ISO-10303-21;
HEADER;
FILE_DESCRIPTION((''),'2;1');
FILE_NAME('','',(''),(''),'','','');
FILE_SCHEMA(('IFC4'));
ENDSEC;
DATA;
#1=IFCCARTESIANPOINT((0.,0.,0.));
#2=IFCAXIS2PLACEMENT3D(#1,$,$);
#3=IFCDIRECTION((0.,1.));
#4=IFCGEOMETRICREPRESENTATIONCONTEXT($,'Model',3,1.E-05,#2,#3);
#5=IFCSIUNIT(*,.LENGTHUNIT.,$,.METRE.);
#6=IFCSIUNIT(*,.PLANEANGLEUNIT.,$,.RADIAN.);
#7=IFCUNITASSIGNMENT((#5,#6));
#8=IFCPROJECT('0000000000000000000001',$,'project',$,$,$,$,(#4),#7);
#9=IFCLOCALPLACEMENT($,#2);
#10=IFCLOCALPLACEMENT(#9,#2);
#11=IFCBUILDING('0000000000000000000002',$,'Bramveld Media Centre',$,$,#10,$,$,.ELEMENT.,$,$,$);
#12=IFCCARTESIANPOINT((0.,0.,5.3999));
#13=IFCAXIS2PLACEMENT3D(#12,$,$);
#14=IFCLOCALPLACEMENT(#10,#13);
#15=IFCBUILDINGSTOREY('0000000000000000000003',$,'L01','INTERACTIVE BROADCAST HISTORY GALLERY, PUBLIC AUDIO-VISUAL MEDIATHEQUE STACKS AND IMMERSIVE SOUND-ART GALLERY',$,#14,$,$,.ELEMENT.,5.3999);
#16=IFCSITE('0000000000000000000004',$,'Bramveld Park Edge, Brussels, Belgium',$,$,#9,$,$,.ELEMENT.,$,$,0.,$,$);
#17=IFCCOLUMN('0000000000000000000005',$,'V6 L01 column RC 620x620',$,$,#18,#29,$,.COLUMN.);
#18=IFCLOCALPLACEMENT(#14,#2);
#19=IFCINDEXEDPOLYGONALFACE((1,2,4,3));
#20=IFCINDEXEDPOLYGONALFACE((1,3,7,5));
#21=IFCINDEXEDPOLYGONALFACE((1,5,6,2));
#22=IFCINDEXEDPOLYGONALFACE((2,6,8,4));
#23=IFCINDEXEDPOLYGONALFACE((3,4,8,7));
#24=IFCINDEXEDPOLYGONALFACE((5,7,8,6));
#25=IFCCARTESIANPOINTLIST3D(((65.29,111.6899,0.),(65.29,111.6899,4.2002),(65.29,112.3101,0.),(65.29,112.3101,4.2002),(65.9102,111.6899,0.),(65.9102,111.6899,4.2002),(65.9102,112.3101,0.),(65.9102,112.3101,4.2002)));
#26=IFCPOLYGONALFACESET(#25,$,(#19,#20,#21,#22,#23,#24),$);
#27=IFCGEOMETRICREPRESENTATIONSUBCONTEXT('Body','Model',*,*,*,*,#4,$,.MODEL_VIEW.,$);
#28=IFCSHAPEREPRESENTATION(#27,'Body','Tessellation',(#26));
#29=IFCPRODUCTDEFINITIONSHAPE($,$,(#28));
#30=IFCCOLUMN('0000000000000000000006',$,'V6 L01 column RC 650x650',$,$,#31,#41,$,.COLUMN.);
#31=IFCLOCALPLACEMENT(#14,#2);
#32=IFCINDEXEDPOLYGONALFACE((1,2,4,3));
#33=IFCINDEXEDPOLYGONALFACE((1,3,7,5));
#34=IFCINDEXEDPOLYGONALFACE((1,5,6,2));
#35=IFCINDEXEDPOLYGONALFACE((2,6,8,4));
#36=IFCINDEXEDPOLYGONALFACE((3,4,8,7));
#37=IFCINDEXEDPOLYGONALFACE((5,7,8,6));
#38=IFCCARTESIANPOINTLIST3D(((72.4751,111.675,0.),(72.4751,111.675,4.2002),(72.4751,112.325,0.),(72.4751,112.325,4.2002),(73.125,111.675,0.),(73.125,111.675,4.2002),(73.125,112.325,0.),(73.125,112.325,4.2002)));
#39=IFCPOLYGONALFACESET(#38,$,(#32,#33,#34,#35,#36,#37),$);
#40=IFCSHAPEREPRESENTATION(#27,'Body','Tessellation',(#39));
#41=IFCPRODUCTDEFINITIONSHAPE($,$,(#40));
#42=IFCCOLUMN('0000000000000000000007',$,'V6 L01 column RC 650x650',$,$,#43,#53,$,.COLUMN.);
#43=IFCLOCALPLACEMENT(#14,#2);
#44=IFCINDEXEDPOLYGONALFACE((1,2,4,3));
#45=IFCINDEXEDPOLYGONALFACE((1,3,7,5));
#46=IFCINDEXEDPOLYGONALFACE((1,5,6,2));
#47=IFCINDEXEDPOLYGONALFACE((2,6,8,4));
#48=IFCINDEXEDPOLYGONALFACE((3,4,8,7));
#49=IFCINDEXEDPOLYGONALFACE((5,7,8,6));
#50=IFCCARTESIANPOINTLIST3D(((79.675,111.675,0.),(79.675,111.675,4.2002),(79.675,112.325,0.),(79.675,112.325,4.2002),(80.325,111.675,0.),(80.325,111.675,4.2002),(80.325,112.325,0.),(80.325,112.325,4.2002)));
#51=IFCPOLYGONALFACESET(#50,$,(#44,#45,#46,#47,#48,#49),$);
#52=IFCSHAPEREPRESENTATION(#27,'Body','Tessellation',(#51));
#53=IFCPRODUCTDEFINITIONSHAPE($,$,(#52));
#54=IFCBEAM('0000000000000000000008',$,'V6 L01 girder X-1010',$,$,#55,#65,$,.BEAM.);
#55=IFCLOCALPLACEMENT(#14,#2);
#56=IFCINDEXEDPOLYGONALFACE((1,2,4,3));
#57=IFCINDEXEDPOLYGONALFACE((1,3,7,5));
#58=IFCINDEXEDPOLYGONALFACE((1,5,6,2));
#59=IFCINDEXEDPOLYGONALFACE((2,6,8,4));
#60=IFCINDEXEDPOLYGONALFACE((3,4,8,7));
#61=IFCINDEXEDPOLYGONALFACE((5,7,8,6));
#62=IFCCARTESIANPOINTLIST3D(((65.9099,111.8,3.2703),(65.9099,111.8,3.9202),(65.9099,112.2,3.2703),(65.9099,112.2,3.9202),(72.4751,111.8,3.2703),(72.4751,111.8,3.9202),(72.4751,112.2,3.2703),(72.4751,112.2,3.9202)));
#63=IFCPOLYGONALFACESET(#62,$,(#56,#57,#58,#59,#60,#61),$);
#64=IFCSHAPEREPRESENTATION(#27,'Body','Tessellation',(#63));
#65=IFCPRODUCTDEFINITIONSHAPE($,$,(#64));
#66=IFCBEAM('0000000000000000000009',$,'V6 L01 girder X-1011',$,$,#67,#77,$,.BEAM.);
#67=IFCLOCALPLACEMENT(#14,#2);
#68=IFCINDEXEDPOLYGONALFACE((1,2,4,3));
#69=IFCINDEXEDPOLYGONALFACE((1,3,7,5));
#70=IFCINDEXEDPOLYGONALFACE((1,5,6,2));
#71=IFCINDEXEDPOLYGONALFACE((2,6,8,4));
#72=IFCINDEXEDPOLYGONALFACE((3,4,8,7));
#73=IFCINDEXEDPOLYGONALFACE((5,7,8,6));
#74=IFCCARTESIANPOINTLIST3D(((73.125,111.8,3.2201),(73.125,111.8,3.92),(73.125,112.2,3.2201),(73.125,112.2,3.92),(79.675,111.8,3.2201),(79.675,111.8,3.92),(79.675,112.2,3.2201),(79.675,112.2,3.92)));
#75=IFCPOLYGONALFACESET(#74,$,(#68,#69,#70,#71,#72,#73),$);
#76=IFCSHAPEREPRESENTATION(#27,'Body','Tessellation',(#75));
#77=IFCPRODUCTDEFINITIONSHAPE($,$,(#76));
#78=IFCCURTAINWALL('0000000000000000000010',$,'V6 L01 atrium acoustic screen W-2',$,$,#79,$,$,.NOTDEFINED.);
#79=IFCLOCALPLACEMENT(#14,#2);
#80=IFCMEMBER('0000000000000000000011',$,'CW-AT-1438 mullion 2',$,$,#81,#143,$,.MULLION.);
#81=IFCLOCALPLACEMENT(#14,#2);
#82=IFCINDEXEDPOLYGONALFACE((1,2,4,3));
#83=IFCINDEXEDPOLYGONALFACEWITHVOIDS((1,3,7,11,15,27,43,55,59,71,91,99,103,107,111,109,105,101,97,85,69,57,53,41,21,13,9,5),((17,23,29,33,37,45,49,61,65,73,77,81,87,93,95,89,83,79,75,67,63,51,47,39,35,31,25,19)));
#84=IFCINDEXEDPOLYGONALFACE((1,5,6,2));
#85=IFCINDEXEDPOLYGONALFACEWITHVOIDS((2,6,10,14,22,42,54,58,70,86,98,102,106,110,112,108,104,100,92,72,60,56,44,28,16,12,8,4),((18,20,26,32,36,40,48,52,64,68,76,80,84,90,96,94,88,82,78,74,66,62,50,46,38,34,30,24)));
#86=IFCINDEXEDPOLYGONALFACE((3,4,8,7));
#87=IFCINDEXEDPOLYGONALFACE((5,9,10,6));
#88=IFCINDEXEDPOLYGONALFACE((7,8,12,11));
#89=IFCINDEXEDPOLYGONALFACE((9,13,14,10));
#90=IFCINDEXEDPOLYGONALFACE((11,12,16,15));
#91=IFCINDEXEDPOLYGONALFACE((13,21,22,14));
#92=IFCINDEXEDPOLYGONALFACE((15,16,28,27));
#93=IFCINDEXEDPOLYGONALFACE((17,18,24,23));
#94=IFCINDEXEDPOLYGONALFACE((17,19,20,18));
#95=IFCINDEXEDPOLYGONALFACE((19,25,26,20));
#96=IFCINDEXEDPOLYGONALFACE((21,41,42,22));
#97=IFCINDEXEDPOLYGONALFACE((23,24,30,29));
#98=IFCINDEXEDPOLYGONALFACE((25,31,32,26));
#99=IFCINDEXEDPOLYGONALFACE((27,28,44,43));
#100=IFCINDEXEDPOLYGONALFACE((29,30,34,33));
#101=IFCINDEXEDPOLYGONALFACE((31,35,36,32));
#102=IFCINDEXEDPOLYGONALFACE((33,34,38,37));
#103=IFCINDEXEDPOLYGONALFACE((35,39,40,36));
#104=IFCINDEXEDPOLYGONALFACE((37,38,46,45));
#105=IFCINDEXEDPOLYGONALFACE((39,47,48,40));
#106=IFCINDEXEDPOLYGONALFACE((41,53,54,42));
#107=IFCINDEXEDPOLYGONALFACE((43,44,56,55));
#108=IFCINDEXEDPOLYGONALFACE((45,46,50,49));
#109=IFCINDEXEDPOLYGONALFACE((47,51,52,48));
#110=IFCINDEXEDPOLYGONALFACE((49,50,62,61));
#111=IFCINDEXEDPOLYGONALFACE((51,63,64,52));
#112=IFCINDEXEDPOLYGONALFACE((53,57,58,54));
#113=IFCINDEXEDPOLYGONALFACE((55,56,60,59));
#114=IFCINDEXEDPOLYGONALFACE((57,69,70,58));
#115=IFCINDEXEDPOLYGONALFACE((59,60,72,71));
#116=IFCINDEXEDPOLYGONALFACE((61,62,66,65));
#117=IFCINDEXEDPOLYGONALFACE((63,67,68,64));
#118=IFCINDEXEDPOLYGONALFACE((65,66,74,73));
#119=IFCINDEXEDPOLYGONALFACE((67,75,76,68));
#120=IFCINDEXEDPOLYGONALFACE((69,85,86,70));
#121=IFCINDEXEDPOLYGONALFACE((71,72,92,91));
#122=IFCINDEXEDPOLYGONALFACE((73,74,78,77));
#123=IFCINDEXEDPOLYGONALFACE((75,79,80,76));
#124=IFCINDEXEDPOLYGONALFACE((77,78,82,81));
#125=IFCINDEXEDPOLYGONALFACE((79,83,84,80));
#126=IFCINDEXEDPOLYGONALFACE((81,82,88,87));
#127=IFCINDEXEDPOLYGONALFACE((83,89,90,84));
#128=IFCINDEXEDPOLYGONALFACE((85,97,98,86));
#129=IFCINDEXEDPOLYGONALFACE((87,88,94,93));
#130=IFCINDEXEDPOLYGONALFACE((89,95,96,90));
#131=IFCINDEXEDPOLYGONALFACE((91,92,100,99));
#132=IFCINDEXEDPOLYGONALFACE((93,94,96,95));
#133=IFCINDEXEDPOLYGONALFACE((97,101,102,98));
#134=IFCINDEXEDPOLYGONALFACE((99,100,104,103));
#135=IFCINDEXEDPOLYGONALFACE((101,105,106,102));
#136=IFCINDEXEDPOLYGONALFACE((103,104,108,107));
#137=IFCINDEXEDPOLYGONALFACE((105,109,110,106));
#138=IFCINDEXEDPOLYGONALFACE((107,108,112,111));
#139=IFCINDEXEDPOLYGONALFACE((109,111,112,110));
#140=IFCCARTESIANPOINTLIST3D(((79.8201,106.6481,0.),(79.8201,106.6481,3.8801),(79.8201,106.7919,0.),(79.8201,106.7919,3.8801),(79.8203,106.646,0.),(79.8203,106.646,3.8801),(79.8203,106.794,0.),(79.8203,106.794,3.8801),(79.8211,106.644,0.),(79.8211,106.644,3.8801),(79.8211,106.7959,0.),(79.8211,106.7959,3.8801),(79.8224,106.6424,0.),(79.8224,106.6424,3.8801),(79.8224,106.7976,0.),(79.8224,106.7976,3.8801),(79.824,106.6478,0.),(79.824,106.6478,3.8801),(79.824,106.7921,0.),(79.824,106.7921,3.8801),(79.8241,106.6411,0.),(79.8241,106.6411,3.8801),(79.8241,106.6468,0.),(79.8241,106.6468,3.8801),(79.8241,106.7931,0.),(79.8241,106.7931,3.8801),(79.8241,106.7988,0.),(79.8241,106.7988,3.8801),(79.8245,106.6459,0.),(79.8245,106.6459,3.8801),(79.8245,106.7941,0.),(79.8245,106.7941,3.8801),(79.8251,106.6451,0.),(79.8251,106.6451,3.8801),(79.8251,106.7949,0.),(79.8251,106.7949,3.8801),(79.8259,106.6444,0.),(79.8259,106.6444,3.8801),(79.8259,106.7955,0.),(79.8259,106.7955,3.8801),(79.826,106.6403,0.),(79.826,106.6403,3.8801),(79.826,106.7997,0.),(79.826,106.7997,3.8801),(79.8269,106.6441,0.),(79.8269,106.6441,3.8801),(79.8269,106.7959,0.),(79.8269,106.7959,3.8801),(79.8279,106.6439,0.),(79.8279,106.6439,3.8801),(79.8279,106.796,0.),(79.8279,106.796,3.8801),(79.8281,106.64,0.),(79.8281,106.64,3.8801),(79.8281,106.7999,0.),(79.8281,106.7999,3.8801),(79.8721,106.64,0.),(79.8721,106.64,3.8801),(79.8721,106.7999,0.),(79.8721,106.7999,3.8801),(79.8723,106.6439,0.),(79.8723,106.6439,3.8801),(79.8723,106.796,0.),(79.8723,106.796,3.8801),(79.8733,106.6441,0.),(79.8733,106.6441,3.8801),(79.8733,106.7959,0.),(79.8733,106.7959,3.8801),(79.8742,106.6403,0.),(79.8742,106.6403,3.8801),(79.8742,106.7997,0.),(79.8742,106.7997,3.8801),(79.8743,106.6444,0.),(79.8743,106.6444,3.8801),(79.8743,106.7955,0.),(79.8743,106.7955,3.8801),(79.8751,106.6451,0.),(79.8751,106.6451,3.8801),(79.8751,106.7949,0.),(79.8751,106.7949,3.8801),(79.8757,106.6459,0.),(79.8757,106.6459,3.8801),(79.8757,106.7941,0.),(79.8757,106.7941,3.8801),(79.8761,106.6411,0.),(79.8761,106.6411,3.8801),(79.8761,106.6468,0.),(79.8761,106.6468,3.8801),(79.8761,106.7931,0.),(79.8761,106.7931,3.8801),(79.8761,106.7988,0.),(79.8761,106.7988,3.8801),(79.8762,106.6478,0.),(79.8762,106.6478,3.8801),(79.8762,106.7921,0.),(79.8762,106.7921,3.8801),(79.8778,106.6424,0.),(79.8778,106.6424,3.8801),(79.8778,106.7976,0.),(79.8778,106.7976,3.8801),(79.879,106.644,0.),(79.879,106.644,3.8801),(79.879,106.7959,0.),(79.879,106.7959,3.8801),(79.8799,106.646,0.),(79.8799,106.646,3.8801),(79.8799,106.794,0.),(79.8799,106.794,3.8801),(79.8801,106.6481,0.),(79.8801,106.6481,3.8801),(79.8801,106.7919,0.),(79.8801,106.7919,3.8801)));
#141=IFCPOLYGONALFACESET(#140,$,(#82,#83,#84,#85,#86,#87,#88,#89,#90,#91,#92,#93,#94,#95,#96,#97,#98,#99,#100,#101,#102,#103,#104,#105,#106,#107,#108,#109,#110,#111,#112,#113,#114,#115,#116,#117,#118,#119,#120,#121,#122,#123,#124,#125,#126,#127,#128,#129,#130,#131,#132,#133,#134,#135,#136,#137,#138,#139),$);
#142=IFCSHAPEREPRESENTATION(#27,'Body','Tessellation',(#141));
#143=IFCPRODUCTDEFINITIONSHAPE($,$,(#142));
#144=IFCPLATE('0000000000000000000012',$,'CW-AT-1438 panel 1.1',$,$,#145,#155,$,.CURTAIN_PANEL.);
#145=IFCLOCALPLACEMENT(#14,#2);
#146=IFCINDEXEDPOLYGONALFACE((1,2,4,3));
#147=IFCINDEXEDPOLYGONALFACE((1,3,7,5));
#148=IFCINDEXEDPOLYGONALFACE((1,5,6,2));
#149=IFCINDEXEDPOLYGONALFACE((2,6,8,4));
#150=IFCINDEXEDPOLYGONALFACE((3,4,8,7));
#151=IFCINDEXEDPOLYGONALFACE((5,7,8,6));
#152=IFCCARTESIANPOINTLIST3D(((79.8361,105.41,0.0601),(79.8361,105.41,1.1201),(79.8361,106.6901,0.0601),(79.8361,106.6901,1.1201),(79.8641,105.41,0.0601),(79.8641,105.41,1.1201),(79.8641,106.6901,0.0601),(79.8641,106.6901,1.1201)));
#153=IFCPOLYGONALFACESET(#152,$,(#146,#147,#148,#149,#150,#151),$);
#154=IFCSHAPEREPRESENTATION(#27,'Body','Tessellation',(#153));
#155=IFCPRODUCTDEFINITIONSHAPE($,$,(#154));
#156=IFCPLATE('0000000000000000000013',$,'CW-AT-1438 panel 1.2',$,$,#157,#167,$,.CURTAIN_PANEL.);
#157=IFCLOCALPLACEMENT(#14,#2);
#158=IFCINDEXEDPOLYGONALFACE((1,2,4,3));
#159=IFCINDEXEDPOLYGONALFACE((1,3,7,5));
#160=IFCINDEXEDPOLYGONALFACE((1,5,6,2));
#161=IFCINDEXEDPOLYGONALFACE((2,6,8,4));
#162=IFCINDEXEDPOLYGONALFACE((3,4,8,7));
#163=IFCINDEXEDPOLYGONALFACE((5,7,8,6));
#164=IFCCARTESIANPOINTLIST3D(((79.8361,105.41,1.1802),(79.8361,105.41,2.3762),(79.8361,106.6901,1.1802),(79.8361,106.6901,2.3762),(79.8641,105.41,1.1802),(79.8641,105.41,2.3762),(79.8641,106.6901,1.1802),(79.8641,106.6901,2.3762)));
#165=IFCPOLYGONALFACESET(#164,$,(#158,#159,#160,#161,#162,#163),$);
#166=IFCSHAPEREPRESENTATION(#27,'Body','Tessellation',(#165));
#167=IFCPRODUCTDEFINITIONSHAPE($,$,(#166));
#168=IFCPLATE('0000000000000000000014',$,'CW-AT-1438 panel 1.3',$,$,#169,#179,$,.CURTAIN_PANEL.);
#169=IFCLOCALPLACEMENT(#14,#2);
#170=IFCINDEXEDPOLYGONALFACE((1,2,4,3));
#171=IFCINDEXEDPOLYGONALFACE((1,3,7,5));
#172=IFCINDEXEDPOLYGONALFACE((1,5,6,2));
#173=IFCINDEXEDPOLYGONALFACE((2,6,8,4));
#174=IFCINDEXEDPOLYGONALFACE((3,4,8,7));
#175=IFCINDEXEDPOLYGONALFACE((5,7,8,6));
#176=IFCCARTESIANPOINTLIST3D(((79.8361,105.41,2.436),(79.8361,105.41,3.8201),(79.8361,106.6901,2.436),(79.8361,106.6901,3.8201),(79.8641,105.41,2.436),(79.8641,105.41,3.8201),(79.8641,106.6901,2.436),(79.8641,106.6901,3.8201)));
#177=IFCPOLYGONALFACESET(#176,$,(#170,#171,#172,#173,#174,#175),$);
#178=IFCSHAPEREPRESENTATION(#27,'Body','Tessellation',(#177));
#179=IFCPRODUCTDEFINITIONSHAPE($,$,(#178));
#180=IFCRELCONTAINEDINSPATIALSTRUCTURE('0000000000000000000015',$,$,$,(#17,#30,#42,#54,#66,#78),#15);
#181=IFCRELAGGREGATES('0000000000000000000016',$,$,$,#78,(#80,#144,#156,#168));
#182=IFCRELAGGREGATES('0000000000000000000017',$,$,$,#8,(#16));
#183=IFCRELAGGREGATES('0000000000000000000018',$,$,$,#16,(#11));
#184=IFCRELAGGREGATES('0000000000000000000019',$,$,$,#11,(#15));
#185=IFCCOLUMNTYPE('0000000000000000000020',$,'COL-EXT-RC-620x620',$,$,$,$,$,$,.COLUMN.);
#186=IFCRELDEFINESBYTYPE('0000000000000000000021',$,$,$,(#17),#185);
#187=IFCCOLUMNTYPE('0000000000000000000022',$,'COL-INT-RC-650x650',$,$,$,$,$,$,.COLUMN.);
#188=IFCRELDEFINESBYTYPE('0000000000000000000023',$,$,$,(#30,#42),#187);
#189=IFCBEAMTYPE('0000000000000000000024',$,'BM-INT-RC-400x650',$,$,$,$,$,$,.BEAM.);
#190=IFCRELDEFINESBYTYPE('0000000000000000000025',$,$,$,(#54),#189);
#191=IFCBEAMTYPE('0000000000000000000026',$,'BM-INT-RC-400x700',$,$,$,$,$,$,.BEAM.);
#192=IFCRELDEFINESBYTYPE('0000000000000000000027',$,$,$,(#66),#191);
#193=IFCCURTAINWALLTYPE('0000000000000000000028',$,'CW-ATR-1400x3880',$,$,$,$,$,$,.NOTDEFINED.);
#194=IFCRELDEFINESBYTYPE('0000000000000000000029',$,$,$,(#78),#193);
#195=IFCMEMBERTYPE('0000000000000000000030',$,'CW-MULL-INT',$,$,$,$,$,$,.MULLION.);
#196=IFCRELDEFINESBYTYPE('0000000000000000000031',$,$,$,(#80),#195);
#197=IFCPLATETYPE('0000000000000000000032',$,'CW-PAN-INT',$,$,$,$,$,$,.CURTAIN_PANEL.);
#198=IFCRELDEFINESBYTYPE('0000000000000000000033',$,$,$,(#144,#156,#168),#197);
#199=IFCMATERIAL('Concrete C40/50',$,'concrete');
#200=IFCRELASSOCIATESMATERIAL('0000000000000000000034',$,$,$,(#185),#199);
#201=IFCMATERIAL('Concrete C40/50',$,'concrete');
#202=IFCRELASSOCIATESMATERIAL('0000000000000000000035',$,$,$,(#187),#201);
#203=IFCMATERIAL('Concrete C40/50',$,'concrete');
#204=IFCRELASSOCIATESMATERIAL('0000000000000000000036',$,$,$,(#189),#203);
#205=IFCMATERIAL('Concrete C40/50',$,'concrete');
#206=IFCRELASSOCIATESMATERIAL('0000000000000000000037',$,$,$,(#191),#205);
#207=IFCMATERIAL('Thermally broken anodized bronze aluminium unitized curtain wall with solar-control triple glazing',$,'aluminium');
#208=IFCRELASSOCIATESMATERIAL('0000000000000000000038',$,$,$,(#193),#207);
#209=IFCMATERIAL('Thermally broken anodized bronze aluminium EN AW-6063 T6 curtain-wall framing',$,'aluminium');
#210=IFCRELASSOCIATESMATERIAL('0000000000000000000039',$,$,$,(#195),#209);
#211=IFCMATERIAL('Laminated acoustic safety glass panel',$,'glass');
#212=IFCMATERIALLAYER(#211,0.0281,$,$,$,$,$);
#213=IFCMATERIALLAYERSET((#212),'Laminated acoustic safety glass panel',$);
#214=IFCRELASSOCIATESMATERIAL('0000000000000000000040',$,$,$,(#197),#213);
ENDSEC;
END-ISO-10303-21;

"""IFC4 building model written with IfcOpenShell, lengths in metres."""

from ifc_helpers import new_model, si_unit, direction, frame, origin, origin_2d, place, context, subcontext, project, spatial, rectangle, hollow_rectangle, extrude, material, layer, layer_set, material_profile, profile_set, type_object, element, aggregate, save


model = new_model("IFC4")

# Units and contexts
model_context = context("Model", 3, precision=1e-05, world=origin(), true_north=direction((0.0, 1.0)))
body_context = subcontext(model_context, "Body", "Model", "MODEL_VIEW")
ifc_project = project(units=[si_unit("LENGTHUNIT", "METRE"), si_unit("PLANEANGLEUNIT", "RADIAN")], contexts=[model_context])

# Site, building, storey
site_placement = place(None, origin())
site = spatial("IfcSite", under=ifc_project, at=site_placement, Name="Bramveld Park Edge, Brussels, Belgium", CompositionType="ELEMENT", RefElevation=0.0)
building_placement = place(site_placement, origin())
building = spatial("IfcBuilding", under=site, at=building_placement, Name="Bramveld Media Centre", CompositionType="ELEMENT")
storey_placement = place(building_placement, frame((0.0, 0.0, 5.3999)))
storey = spatial("IfcBuildingStorey", under=building, at=storey_placement, Name="L01", Description="INTERACTIVE BROADCAST HISTORY GALLERY, PUBLIC AUDIO-VISUAL MEDIATHEQUE STACKS AND IMMERSIVE SOUND-ART GALLERY", CompositionType="ELEMENT", Elevation=5.3999)

# Columns
ifc_material_1 = material(Name="Concrete C40/50", Category="concrete")
ifc_material_profile_1 = material_profile(ifc_material_1, rectangle(XDim=0.6201, YDim=0.6201, at=origin_2d()), Name="RC 620x620")
ifc_profile_set_1 = profile_set([ifc_material_profile_1], Name="Concrete C40/50")
column_type_1 = type_object("IfcColumnType", Name="COL-EXT-RC-620x620", PredefinedType="COLUMN", material=ifc_profile_set_1)
column_placement = place(storey_placement, frame((65.6001, 112.0, 0.0), z_axis=(0.0, 0.0, 1.0), x_axis=(1.0, 0.0, 0.0)))
element("IfcColumn", 1, at=column_placement, inside=storey, type_object=column_type_1, Name="V6 L01 column RC 620x620", PredefinedType="COLUMN", context=body_context, shape_type="SweptSolid", body=[
    extrude(rectangle(XDim=0.6201, YDim=0.6201, at=origin_2d()), origin(), (0.0, 0.0, 1.0), 4.2002),
])
ifc_material_2 = material(Name="Concrete C40/50", Category="concrete")
ifc_material_profile_2 = material_profile(ifc_material_2, rectangle(XDim=0.6499, YDim=0.6499, at=origin_2d()), Name="RC 650x650")
ifc_profile_set_2 = profile_set([ifc_material_profile_2], Name="Concrete C40/50")
column_type_2 = type_object("IfcColumnType", Name="COL-INT-RC-650x650", PredefinedType="COLUMN", material=ifc_profile_set_2)
for number, where, z_axis, x_axis, name in (
    (2, (72.8, 112.0, 0.0), (0.0, 0.0, 1.0), (1.0, 0.0, 0.0), "V6 L01 column RC 650x650"),
    (3, (80.0, 112.0, 0.0), (0.0, 0.0, 1.0), (1.0, 0.0, 0.0), "V6 L01 column RC 650x650"),
):
    element("IfcColumn", number, at=place(storey_placement, frame(where, z_axis=z_axis, x_axis=x_axis)), inside=storey, type_object=column_type_2, Name=name, PredefinedType="COLUMN", context=body_context, shape_type="SweptSolid", body=[
        extrude(rectangle(XDim=0.6499, YDim=0.6499, at=origin_2d()), origin(), (0.0, 0.0, 1.0), 4.2002),
    ])

# Beams
ifc_material_3 = material(Name="Concrete C40/50", Category="concrete")
ifc_material_profile_3 = material_profile(ifc_material_3, rectangle(XDim=0.3999, YDim=0.6499, at=origin_2d()), Name="RC 400x650")
ifc_profile_set_3 = profile_set([ifc_material_profile_3], Name="Concrete C40/50")
beam_type_1 = type_object("IfcBeamType", Name="BM-INT-RC-400x650", PredefinedType="BEAM", material=ifc_profile_set_3)
beam_1_placement = place(storey_placement, frame((65.9099, 112.0, 3.5952), z_axis=(1.0, 0.0, 0.0), x_axis=(0.0, 1.0, 0.0)))
element("IfcBeam", 4, at=beam_1_placement, inside=storey, type_object=beam_type_1, Name="V6 L01 girder X-1010", PredefinedType="BEAM", context=body_context, shape_type="SweptSolid", body=[
    extrude(rectangle(XDim=0.3999, YDim=0.6499, at=origin_2d()), origin(), (0.0, 0.0, 1.0), 6.5652),
])
ifc_material_4 = material(Name="Concrete C40/50", Category="concrete")
ifc_material_profile_4 = material_profile(ifc_material_4, rectangle(XDim=0.3999, YDim=0.7, at=origin_2d()), Name="RC 400x700")
ifc_profile_set_4 = profile_set([ifc_material_profile_4], Name="Concrete C40/50")
beam_type_2 = type_object("IfcBeamType", Name="BM-INT-RC-400x700", PredefinedType="BEAM", material=ifc_profile_set_4)
beam_2_placement = place(storey_placement, frame((73.125, 112.0, 3.5701), z_axis=(1.0, 0.0, 0.0), x_axis=(0.0, 1.0, 0.0)))
element("IfcBeam", 5, at=beam_2_placement, inside=storey, type_object=beam_type_2, Name="V6 L01 girder X-1011", PredefinedType="BEAM", context=body_context, shape_type="SweptSolid", body=[
    extrude(rectangle(XDim=0.3999, YDim=0.7, at=origin_2d()), origin(), (0.0, 0.0, 1.0), 6.55),
])

# Curtain wall, member, plates
ifc_material_5 = material(Name="Thermally broken anodized bronze aluminium unitized curtain wall with solar-control triple glazing", Category="aluminium")
curtain_wall_type = type_object("IfcCurtainWallType", Name="CW-ATR-1400x3880", PredefinedType="NOTDEFINED", material=ifc_material_5)
curtain_wall_placement = place(storey_placement, origin())
curtain_wall = element("IfcCurtainWall", 6, at=curtain_wall_placement, inside=storey, type_object=curtain_wall_type, Name="V6 L01 atrium acoustic screen W-2", PredefinedType="NOTDEFINED")
ifc_material_6 = material(Name="Thermally broken anodized bronze aluminium EN AW-6063 T6 curtain-wall framing", Category="aluminium")
ifc_material_profile_5 = material_profile(ifc_material_6, hollow_rectangle(XDim=0.0601, YDim=0.1599, WallThickness=0.0039, InnerFilletRadius=0.0039, OuterFilletRadius=0.0081, at=origin_2d()), Name="AL-MULL 60x160")
ifc_profile_set_5 = profile_set([ifc_material_profile_5], Name="Thermally broken anodized bronze aluminium EN AW-6063 T6 curtain-wall framing")
member_type = type_object("IfcMemberType", Name="CW-MULL-INT", PredefinedType="MULLION", material=ifc_profile_set_5)
member_placement = place(storey_placement, frame((79.8501, 106.72, 0.0), z_axis=(0.0, 0.0, 1.0), x_axis=(-1.0, 0.0, 0.0)))
member = element("IfcMember", 7, at=member_placement, type_object=member_type, Name="CW-AT-1438 mullion 2", PredefinedType="MULLION", context=body_context, shape_type="SweptSolid", body=[
    extrude(hollow_rectangle(XDim=0.0601, YDim=0.1599, WallThickness=0.0039, InnerFilletRadius=0.0039, OuterFilletRadius=0.0081, at=origin_2d()), origin(), (0.0, 0.0, 1.0), 3.8801),
])
ifc_material_7 = material(Name="Laminated acoustic safety glass panel", Category="glass")
ifc_layer_1 = layer(ifc_material_7, 0.0281)
ifc_layer_set_1 = layer_set([ifc_layer_1], Name="Laminated acoustic safety glass panel")
plate_type = type_object("IfcPlateType", Name="CW-PAN-INT", PredefinedType="CURTAIN_PANEL", material=ifc_layer_set_1)
plate_1_placement = place(storey_placement, frame((79.8501, 106.05, 0.0601), z_axis=(0.0, 0.0, 1.0), x_axis=(0.0, 1.0, 0.0)))
plate_1 = element("IfcPlate", 8, at=plate_1_placement, type_object=plate_type, Name="CW-AT-1438 panel 1.1", PredefinedType="CURTAIN_PANEL", context=body_context, shape_type="SweptSolid", body=[
    extrude(rectangle(XDim=1.28, YDim=0.0281, at=origin_2d()), origin(), (0.0, 0.0, 1.0), 1.0601),
])
plate_2_placement = place(storey_placement, frame((79.8501, 106.05, 1.1802), z_axis=(0.0, 0.0, 1.0), x_axis=(0.0, 1.0, 0.0)))
plate_2 = element("IfcPlate", 9, at=plate_2_placement, type_object=plate_type, Name="CW-AT-1438 panel 1.2", PredefinedType="CURTAIN_PANEL", context=body_context, shape_type="SweptSolid", body=[
    extrude(rectangle(XDim=1.28, YDim=0.0281, at=origin_2d()), origin(), (0.0, 0.0, 1.0), 1.196),
])
plate_3_placement = place(storey_placement, frame((79.8501, 106.05, 2.436), z_axis=(0.0, 0.0, 1.0), x_axis=(0.0, 1.0, 0.0)))
plate_3 = element("IfcPlate", 10, at=plate_3_placement, type_object=plate_type, Name="CW-AT-1438 panel 1.3", PredefinedType="CURTAIN_PANEL", context=body_context, shape_type="SweptSolid", body=[
    extrude(rectangle(XDim=1.28, YDim=0.0281, at=origin_2d()), origin(), (0.0, 0.0, 1.0), 1.384),
])
aggregate(curtain_wall, [member, plate_1, plate_2, plate_3])

save(model, "model.ifc")
